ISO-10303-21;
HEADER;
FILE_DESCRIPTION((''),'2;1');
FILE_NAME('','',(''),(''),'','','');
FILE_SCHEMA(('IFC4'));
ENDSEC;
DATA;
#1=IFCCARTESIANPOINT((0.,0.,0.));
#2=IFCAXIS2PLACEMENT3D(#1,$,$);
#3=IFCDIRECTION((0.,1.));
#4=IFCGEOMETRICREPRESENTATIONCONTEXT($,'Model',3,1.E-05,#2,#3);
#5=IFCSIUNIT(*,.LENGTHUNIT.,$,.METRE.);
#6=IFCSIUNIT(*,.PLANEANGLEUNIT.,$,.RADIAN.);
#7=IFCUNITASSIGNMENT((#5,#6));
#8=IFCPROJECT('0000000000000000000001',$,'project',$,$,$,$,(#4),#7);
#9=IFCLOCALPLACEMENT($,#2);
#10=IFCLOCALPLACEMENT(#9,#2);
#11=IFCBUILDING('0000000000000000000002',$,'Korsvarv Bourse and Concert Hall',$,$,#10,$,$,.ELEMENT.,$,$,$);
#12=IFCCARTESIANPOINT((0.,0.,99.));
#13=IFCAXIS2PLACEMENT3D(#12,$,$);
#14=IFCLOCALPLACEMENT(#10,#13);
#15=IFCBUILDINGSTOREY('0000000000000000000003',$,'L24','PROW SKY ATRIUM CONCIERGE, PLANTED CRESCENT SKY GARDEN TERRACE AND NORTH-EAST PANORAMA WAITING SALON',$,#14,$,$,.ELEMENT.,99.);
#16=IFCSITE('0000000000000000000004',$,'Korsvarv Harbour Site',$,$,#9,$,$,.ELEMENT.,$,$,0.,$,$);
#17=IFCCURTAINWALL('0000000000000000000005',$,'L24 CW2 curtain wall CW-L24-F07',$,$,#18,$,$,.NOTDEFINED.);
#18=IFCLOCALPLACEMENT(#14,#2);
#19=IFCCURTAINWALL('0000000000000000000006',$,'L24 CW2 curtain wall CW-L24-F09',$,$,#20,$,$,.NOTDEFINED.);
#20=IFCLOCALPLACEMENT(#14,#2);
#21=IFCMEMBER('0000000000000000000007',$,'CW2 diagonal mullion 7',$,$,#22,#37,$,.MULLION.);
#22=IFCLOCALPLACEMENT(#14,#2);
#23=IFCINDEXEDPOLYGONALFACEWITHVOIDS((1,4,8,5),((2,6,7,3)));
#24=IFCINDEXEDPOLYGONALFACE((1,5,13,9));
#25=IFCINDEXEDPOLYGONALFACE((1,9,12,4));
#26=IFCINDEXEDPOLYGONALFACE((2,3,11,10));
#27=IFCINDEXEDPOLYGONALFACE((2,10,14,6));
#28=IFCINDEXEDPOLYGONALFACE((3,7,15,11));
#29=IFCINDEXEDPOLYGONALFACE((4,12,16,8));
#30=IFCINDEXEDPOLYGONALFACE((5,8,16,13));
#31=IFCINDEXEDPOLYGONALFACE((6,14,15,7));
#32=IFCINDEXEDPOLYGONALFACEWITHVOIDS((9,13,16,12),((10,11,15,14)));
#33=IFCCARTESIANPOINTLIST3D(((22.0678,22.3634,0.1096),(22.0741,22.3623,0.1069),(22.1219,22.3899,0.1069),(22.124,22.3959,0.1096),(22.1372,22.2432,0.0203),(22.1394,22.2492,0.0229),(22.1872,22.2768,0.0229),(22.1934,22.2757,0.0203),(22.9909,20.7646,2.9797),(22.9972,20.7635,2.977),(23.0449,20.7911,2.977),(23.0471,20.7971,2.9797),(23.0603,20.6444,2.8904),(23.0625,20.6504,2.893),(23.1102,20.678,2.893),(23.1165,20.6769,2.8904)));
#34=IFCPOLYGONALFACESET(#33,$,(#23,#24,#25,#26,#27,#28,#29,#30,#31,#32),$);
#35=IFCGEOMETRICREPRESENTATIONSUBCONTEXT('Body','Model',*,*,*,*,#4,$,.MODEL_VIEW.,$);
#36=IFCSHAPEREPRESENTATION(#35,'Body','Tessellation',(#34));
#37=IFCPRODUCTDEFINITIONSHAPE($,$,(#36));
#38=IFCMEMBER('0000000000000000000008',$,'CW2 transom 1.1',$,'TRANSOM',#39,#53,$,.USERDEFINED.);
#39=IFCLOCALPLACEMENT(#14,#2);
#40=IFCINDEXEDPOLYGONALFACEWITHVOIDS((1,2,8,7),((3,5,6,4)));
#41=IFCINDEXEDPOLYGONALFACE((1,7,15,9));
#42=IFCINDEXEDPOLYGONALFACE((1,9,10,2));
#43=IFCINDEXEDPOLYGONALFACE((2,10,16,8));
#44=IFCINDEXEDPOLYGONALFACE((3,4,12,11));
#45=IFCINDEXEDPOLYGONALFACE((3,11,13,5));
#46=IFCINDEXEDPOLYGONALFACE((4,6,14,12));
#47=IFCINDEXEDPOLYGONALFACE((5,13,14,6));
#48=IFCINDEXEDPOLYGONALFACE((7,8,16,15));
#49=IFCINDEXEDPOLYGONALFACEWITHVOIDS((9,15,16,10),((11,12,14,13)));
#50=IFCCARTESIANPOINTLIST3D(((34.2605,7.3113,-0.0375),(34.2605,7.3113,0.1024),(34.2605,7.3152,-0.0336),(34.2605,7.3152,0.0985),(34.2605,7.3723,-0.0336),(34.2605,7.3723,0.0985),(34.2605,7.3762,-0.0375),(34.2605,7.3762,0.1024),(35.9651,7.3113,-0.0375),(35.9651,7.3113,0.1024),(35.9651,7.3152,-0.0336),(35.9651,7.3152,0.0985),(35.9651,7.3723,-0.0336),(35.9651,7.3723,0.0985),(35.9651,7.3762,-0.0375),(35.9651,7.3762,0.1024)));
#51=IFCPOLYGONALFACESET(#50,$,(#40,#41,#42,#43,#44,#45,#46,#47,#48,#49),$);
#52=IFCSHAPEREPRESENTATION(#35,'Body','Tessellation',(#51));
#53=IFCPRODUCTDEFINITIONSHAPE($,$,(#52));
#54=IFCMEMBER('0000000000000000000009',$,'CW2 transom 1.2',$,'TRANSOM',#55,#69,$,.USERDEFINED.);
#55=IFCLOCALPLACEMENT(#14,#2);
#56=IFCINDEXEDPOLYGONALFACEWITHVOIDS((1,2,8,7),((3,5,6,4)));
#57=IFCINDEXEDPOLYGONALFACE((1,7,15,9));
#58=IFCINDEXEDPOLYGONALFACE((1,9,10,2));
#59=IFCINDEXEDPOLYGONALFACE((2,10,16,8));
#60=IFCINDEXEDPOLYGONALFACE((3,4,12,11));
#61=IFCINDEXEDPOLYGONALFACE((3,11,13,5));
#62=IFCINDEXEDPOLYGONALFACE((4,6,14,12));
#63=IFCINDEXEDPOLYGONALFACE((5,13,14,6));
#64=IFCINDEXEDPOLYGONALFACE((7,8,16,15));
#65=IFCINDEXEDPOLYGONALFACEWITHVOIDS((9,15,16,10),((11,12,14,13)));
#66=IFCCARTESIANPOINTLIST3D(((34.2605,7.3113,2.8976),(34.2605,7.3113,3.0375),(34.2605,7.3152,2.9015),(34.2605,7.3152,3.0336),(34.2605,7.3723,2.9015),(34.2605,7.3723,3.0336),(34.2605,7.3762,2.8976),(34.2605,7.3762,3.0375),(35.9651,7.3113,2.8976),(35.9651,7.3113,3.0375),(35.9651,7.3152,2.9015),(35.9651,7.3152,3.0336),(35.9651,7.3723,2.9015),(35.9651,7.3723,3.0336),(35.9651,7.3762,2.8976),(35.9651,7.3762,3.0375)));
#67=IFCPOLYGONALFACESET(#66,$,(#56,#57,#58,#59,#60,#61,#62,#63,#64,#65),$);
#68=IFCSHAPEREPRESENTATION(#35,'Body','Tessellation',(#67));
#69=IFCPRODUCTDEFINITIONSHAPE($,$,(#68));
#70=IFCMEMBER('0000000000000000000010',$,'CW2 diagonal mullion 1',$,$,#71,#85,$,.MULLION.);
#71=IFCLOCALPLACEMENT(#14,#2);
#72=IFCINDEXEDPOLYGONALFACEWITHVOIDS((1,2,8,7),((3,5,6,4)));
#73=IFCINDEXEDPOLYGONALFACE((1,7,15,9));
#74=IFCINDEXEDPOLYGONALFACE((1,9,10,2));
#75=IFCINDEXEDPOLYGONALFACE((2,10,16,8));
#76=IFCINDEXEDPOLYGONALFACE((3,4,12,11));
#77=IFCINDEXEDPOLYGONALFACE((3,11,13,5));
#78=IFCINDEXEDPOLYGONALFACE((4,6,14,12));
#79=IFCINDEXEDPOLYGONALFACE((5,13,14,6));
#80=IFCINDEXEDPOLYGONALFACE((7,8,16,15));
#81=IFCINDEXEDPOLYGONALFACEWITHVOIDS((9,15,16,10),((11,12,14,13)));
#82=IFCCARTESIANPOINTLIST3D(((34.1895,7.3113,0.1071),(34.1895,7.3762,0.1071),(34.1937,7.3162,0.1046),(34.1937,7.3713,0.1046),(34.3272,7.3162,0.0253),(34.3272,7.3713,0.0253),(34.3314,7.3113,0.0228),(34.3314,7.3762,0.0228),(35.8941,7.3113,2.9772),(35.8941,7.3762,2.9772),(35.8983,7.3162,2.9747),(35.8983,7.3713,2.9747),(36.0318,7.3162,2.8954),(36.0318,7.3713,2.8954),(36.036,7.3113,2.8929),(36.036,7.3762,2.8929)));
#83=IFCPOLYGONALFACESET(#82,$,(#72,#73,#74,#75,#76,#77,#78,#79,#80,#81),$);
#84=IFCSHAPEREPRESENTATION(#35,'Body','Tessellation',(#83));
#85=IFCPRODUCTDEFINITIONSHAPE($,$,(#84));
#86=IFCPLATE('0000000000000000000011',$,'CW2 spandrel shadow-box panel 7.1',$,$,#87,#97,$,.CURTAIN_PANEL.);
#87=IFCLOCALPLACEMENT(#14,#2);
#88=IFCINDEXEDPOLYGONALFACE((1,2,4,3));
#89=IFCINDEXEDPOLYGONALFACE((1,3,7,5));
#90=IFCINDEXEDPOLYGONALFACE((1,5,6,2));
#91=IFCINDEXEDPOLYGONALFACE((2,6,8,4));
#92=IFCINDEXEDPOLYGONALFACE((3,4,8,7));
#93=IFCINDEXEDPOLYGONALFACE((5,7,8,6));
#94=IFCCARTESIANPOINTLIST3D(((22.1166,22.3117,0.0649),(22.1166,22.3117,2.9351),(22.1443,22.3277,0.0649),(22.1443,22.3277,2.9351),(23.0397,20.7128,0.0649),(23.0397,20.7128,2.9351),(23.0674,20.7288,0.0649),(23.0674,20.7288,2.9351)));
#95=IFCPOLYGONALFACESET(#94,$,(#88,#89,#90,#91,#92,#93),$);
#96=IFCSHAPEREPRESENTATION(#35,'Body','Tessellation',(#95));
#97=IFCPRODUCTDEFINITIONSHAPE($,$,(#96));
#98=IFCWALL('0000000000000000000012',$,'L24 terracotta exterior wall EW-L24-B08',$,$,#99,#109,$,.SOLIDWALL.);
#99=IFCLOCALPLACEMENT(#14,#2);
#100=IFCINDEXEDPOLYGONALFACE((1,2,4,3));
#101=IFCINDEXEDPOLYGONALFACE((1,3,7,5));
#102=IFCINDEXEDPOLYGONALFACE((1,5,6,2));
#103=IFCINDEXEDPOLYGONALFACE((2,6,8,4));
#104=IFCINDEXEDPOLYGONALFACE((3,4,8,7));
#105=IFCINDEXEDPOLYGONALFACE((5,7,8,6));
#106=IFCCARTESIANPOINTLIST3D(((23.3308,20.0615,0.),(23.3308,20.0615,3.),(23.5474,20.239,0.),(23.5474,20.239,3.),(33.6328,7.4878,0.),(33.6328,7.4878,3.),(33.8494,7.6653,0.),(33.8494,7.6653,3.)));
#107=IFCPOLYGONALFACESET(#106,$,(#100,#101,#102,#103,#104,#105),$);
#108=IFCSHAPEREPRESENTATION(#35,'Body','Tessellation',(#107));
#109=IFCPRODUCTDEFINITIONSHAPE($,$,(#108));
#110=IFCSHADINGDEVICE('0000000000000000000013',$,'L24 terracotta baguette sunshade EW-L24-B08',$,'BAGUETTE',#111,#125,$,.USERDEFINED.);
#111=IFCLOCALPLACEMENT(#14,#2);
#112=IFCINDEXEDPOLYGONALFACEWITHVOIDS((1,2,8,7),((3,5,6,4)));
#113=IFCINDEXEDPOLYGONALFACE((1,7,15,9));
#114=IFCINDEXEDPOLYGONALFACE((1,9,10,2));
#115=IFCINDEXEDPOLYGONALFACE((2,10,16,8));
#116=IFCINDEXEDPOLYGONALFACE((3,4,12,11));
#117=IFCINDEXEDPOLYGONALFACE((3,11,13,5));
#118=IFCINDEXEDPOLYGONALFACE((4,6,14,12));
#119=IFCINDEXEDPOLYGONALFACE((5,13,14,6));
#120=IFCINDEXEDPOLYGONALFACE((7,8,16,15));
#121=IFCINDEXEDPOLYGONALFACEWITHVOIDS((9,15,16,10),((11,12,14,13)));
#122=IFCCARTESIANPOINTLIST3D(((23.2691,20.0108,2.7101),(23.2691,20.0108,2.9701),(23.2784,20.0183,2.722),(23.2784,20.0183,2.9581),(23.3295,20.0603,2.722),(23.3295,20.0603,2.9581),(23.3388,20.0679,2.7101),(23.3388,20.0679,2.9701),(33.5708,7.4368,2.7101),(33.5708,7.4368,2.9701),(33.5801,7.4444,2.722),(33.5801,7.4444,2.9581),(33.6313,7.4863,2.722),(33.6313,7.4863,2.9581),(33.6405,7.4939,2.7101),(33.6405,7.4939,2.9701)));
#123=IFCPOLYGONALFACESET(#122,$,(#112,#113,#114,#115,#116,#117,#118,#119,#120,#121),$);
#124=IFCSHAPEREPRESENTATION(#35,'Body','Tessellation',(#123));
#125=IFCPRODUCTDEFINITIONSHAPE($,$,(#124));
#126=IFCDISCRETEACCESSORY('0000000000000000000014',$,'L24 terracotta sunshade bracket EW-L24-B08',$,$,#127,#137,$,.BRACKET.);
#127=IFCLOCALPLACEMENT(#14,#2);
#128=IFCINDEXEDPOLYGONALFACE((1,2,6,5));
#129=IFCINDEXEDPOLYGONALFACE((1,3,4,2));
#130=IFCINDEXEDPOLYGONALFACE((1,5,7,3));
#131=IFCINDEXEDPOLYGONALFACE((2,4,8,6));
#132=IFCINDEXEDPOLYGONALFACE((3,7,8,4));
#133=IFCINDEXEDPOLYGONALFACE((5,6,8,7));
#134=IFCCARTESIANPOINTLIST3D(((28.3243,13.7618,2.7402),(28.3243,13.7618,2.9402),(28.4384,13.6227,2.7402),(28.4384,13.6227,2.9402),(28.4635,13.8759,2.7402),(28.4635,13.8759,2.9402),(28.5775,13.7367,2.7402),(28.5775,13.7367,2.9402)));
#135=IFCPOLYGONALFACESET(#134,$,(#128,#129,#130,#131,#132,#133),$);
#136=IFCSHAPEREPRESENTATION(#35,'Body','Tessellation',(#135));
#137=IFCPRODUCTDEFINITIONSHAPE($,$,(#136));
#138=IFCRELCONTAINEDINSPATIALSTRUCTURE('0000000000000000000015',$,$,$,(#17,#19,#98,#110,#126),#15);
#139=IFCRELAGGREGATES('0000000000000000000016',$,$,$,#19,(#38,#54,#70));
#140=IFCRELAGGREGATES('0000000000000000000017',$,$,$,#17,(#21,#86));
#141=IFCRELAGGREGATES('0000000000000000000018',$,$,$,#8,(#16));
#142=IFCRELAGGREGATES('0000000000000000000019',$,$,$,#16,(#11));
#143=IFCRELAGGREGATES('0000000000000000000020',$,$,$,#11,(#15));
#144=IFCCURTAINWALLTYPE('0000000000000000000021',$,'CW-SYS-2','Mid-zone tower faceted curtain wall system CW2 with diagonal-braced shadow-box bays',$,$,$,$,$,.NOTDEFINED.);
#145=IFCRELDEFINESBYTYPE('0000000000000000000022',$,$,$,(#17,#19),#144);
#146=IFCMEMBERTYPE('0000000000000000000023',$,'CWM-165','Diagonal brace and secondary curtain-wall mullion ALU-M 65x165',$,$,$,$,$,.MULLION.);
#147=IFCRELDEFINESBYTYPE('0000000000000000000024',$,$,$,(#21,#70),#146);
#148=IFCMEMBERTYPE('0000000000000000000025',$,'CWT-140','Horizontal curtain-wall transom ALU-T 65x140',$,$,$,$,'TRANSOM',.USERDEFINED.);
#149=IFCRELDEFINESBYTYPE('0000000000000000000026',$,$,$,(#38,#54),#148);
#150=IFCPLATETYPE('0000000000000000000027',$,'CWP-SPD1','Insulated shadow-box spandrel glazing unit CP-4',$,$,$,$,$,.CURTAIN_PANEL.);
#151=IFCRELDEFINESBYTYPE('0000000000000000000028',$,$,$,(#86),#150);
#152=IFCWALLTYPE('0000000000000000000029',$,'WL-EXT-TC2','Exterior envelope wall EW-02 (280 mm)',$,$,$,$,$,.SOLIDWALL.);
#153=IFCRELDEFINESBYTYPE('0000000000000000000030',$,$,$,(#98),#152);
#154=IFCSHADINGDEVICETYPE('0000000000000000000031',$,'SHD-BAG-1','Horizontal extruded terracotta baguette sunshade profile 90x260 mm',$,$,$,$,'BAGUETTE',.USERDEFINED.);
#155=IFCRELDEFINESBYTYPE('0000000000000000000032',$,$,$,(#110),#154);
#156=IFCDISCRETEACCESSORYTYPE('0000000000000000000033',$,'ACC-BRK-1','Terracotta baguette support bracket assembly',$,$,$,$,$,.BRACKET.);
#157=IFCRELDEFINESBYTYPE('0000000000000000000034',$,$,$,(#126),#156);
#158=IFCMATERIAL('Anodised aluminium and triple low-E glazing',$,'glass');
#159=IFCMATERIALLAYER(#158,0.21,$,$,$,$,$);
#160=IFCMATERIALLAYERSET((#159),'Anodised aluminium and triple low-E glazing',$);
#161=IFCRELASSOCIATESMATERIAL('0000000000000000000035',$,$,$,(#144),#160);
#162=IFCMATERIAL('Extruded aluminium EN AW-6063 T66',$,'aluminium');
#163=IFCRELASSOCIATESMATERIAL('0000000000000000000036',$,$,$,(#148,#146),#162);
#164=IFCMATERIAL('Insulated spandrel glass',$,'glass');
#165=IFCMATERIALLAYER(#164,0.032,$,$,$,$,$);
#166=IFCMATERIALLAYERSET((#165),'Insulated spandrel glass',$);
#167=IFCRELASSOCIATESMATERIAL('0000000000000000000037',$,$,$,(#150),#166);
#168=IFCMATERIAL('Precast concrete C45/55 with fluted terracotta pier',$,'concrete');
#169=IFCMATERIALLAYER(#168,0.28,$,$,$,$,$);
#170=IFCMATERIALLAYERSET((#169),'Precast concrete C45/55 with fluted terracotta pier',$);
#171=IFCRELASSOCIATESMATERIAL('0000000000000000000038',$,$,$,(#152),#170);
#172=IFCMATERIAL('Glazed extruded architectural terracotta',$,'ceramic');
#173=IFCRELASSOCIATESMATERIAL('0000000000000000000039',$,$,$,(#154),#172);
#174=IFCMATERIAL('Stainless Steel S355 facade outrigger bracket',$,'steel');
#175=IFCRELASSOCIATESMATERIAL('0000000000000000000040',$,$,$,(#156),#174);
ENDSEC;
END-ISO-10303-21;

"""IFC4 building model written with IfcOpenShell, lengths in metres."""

from ifc_helpers import new_model, si_unit, direction, frame, frame_2d, origin, origin_2d, place, context, subcontext, project, spatial, rectangle, hollow_rectangle, extrude, source, transform, mapped, material, layer, layer_set, material_profile, profile_set, type_object, element, aggregate, save


model = new_model("IFC4")

# Units and contexts
model_context = context("Model", 3, precision=1e-05, world=origin(), true_north=direction((0.0, 1.0)))
body_context = subcontext(model_context, "Body", "Model", "MODEL_VIEW")
ifc_project = project(units=[si_unit("LENGTHUNIT", "METRE"), si_unit("PLANEANGLEUNIT", "RADIAN")], contexts=[model_context])

# Site, building, storey
site_placement = place(None, origin())
site = spatial("IfcSite", under=ifc_project, at=site_placement, Name="Korsvarv Harbour Site", CompositionType="ELEMENT", RefElevation=0.0)
building_placement = place(site_placement, origin())
building = spatial("IfcBuilding", under=site, at=building_placement, Name="Korsvarv Bourse and Concert Hall", CompositionType="ELEMENT")
storey_placement = place(building_placement, frame((0.0, 0.0, 99.0)))
storey = spatial("IfcBuildingStorey", under=building, at=storey_placement, Name="L24", Description="PROW SKY ATRIUM CONCIERGE, PLANTED CRESCENT SKY GARDEN TERRACE AND NORTH-EAST PANORAMA WAITING SALON", CompositionType="ELEMENT", Elevation=99.0)

# Curtain wall
ifc_material_1 = material(Name="Anodised aluminium and triple low-E glazing", Category="glass")
ifc_layer_1 = layer(ifc_material_1, 0.21)
ifc_layer_set_1 = layer_set([ifc_layer_1], Name="Anodised aluminium and triple low-E glazing")
curtain_wall_type = type_object("IfcCurtainWallType", Name="CW-SYS-2", Description="Mid-zone tower faceted curtain wall system CW2 with diagonal-braced shadow-box bays", PredefinedType="NOTDEFINED", material=ifc_layer_set_1)
curtain_wall_1_placement = place(storey_placement, origin())
curtain_wall_1 = element("IfcCurtainWall", 1, at=curtain_wall_1_placement, inside=storey, type_object=curtain_wall_type, Name="L24 CW2 curtain wall CW-L24-F07", PredefinedType="NOTDEFINED")
ifc_material_2 = material(Name="Extruded aluminium EN AW-6063 T66", Category="aluminium")

# Curtain wall
curtain_wall_2_placement = place(storey_placement, origin())
curtain_wall_2 = element("IfcCurtainWall", 2, at=curtain_wall_2_placement, inside=storey, type_object=curtain_wall_type, Name="L24 CW2 curtain wall CW-L24-F09", PredefinedType="NOTDEFINED")

# Members
ifc_material_profile_1 = material_profile(ifc_material_2, hollow_rectangle(XDim=0.0649, YDim=0.1399, WallThickness=0.0039, at=origin_2d()), Name="ALU-T 65x140")
ifc_profile_set_1 = profile_set([ifc_material_profile_1], Name="Extruded aluminium EN AW-6063 T66")
member_type_1 = type_object("IfcMemberType", Name="CWT-140", Description="Horizontal curtain-wall transom ALU-T 65x140", ElementType="TRANSOM", PredefinedType="USERDEFINED", material=ifc_profile_set_1)
ifc_material_profile_2 = material_profile(ifc_material_2, hollow_rectangle(XDim=0.0649, YDim=0.165, WallThickness=0.0049, at=origin_2d()), Name="ALU-M 65x165")
ifc_profile_set_2 = profile_set([ifc_material_profile_2], Name="Extruded aluminium EN AW-6063 T66")
member_type_2 = type_object("IfcMemberType", Name="CWM-165", Description="Diagonal brace and secondary curtain-wall mullion ALU-M 65x165", PredefinedType="MULLION", material=ifc_profile_set_2)
shared_shape_1 = source(origin(), body_context, "Body", "SweptSolid", [
    extrude(hollow_rectangle(XDim=0.0649, YDim=0.165, WallThickness=0.0049, at=origin_2d()), origin(), (0.0, 0.0, 1.0), 3.4126),
])
member_1_placement = place(storey_placement, frame((22.1306, 22.3196, 0.0649), z_axis=(0.270493, -0.468517, 0.841026), x_axis=(0.866029, 0.499993, 0.0)))
member_1 = element("IfcMember", 3, at=member_1_placement, type_object=member_type_2, Name="CW2 diagonal mullion 7", PredefinedType="MULLION", context=body_context, shape_type="MappedRepresentation", body=[
    mapped(shared_shape_1, transform((0.0, 0.0, 0.0), scale=1.0)),
])
shared_shape_2 = source(origin(), body_context, "Body", "SweptSolid", [
    extrude(hollow_rectangle(XDim=0.0649, YDim=0.1399, WallThickness=0.0039, at=origin_2d()), origin(), (0.0, 0.0, 1.0), 1.7046),
])
member_2_placement = place(storey_placement, frame((34.2605, 7.3438, 0.0325), z_axis=(1.0, 0.0, 0.0), x_axis=(0.0, 1.0, 0.0)))
member_2 = element("IfcMember", 4, at=member_2_placement, type_object=member_type_1, Name="CW2 transom 1.1", ObjectType="TRANSOM", PredefinedType="USERDEFINED", context=body_context, shape_type="MappedRepresentation", body=[
    mapped(shared_shape_2, transform((0.0, 0.0, 0.0), scale=1.0)),
])
member_3_placement = place(storey_placement, frame((34.2605, 7.3438, 2.9675), z_axis=(1.0, 0.0, 0.0), x_axis=(0.0, 1.0, 0.0)))
member_3 = element("IfcMember", 5, at=member_3_placement, type_object=member_type_1, Name="CW2 transom 1.2", ObjectType="TRANSOM", PredefinedType="USERDEFINED", context=body_context, shape_type="MappedRepresentation", body=[
    mapped(shared_shape_2, transform((0.0, 0.0, 0.0), scale=1.0)),
])
shared_shape_3 = source(origin(), body_context, "Body", "SweptSolid", [
    extrude(hollow_rectangle(XDim=0.0649, YDim=0.165, WallThickness=0.0049, at=origin_2d()), origin(), (0.0, 0.0, 1.0), 3.3381),
])
member_4_placement = place(storey_placement, frame((34.2605, 7.3438, 0.0649), z_axis=(0.51064, 0.0, 0.859795), x_axis=(0.0, 1.0, 0.0)))
member_4 = element("IfcMember", 6, at=member_4_placement, type_object=member_type_2, Name="CW2 diagonal mullion 1", PredefinedType="MULLION", context=body_context, shape_type="MappedRepresentation", body=[
    mapped(shared_shape_3, transform((0.0, 0.0, 0.0), scale=1.0)),
])
aggregate(curtain_wall_2, [member_2, member_3, member_4])

# Plate
ifc_material_3 = material(Name="Insulated spandrel glass", Category="glass")
ifc_layer_2 = layer(ifc_material_3, 0.032)
ifc_layer_set_2 = layer_set([ifc_layer_2], Name="Insulated spandrel glass")
plate_type = type_object("IfcPlateType", Name="CWP-SPD1", Description="Insulated shadow-box spandrel glazing unit CP-4", PredefinedType="CURTAIN_PANEL", material=ifc_layer_set_2)
shared_shape_4 = source(origin(), body_context, "Body", "SweptSolid", [
    extrude(rectangle(XDim=1.8462, YDim=0.032, at=origin_2d()), origin(), (0.0, 0.0, 1.0), 2.8701),
])
plate_placement = place(storey_placement, frame((22.592, 21.5203, 0.0649), z_axis=(0.0, 0.0, 1.0), x_axis=(0.500002, -0.866024, 0.0)))
plate = element("IfcPlate", 7, at=plate_placement, type_object=plate_type, Name="CW2 spandrel shadow-box panel 7.1", PredefinedType="CURTAIN_PANEL", context=body_context, shape_type="MappedRepresentation", body=[
    mapped(shared_shape_4, transform((0.0, 0.0, 0.0), scale=1.0)),
])
aggregate(curtain_wall_1, [member_1, plate])

# Wall
ifc_material_4 = material(Name="Precast concrete C45/55 with fluted terracotta pier", Category="concrete")
ifc_layer_3 = layer(ifc_material_4, 0.28)
ifc_layer_set_3 = layer_set([ifc_layer_3], Name="Precast concrete C45/55 with fluted terracotta pier")
wall_type = type_object("IfcWallType", Name="WL-EXT-TC2", Description="Exterior envelope wall EW-02 (280 mm)", PredefinedType="SOLIDWALL", material=ifc_layer_set_3)
wall_placement = place(storey_placement, frame((23.4392, 20.1501, 0.0), z_axis=(0.0, 0.0, 1.0), x_axis=(0.633768, -0.773523, 0.0)))
element("IfcWall", 8, at=wall_placement, inside=storey, type_object=wall_type, Name="L24 terracotta exterior wall EW-L24-B08", PredefinedType="SOLIDWALL", context=body_context, shape_type="SweptSolid", body=[
    extrude(rectangle(XDim=16.2551, YDim=0.28, at=frame_2d((8.1274, 0.0))), origin(), (0.0, 0.0, 1.0), 3.0),
])

# Shading device
ifc_material_5 = material(Name="Glazed extruded architectural terracotta", Category="ceramic")
ifc_material_profile_3 = material_profile(ifc_material_5, hollow_rectangle(XDim=0.0901, YDim=0.26, WallThickness=0.012, at=origin_2d()), Name="TC-BAG 90x260")
ifc_profile_set_3 = profile_set([ifc_material_profile_3], Name="Glazed extruded architectural terracotta")
shading_device_type = type_object("IfcShadingDeviceType", Name="SHD-BAG-1", Description="Horizontal extruded terracotta baguette sunshade profile 90x260 mm", ElementType="BAGUETTE", PredefinedType="USERDEFINED", material=ifc_profile_set_3)
shared_shape_5 = source(origin(), body_context, "Body", "SweptSolid", [
    extrude(hollow_rectangle(XDim=0.0901, YDim=0.26, WallThickness=0.012, at=origin_2d()), origin(), (0.0, 0.0, 1.0), 16.2551),
])
shading_device_placement = place(storey_placement, frame((23.304, 20.0393, 2.8401), z_axis=(0.633752, -0.773536, 0.0), x_axis=(0.773536, 0.633752, 0.0)))
element("IfcShadingDevice", 9, at=shading_device_placement, inside=storey, type_object=shading_device_type, Name="L24 terracotta baguette sunshade EW-L24-B08", ObjectType="BAGUETTE", PredefinedType="USERDEFINED", context=body_context, shape_type="MappedRepresentation", body=[
    mapped(shared_shape_5, transform((0.0, 0.0, 0.0), scale=1.0)),
])

# Discrete accessory
ifc_material_6 = material(Name="Stainless Steel S355 facade outrigger bracket", Category="steel")
discrete_accessory_type = type_object("IfcDiscreteAccessoryType", Name="ACC-BRK-1", Description="Terracotta baguette support bracket assembly", PredefinedType="BRACKET", material=ifc_material_6)
shared_shape_6 = source(origin(), body_context, "Body", "SweptSolid", [
    extrude(rectangle(XDim=0.1799, YDim=0.1799, at=origin_2d()), origin(), (0.0, 0.0, 1.0), 0.2),
])
discrete_accessory_placement = place(storey_placement, frame((28.4509, 13.7493, 2.7402), z_axis=(0.0, 0.0, 1.0), x_axis=(0.633786, -0.773508, 0.0)))
element("IfcDiscreteAccessory", 10, at=discrete_accessory_placement, inside=storey, type_object=discrete_accessory_type, Name="L24 terracotta sunshade bracket EW-L24-B08", PredefinedType="BRACKET", context=body_context, shape_type="MappedRepresentation", body=[
    mapped(shared_shape_6, transform((0.0, 0.0, 0.0), scale=1.0)),
])

save(model, "model.ifc")
